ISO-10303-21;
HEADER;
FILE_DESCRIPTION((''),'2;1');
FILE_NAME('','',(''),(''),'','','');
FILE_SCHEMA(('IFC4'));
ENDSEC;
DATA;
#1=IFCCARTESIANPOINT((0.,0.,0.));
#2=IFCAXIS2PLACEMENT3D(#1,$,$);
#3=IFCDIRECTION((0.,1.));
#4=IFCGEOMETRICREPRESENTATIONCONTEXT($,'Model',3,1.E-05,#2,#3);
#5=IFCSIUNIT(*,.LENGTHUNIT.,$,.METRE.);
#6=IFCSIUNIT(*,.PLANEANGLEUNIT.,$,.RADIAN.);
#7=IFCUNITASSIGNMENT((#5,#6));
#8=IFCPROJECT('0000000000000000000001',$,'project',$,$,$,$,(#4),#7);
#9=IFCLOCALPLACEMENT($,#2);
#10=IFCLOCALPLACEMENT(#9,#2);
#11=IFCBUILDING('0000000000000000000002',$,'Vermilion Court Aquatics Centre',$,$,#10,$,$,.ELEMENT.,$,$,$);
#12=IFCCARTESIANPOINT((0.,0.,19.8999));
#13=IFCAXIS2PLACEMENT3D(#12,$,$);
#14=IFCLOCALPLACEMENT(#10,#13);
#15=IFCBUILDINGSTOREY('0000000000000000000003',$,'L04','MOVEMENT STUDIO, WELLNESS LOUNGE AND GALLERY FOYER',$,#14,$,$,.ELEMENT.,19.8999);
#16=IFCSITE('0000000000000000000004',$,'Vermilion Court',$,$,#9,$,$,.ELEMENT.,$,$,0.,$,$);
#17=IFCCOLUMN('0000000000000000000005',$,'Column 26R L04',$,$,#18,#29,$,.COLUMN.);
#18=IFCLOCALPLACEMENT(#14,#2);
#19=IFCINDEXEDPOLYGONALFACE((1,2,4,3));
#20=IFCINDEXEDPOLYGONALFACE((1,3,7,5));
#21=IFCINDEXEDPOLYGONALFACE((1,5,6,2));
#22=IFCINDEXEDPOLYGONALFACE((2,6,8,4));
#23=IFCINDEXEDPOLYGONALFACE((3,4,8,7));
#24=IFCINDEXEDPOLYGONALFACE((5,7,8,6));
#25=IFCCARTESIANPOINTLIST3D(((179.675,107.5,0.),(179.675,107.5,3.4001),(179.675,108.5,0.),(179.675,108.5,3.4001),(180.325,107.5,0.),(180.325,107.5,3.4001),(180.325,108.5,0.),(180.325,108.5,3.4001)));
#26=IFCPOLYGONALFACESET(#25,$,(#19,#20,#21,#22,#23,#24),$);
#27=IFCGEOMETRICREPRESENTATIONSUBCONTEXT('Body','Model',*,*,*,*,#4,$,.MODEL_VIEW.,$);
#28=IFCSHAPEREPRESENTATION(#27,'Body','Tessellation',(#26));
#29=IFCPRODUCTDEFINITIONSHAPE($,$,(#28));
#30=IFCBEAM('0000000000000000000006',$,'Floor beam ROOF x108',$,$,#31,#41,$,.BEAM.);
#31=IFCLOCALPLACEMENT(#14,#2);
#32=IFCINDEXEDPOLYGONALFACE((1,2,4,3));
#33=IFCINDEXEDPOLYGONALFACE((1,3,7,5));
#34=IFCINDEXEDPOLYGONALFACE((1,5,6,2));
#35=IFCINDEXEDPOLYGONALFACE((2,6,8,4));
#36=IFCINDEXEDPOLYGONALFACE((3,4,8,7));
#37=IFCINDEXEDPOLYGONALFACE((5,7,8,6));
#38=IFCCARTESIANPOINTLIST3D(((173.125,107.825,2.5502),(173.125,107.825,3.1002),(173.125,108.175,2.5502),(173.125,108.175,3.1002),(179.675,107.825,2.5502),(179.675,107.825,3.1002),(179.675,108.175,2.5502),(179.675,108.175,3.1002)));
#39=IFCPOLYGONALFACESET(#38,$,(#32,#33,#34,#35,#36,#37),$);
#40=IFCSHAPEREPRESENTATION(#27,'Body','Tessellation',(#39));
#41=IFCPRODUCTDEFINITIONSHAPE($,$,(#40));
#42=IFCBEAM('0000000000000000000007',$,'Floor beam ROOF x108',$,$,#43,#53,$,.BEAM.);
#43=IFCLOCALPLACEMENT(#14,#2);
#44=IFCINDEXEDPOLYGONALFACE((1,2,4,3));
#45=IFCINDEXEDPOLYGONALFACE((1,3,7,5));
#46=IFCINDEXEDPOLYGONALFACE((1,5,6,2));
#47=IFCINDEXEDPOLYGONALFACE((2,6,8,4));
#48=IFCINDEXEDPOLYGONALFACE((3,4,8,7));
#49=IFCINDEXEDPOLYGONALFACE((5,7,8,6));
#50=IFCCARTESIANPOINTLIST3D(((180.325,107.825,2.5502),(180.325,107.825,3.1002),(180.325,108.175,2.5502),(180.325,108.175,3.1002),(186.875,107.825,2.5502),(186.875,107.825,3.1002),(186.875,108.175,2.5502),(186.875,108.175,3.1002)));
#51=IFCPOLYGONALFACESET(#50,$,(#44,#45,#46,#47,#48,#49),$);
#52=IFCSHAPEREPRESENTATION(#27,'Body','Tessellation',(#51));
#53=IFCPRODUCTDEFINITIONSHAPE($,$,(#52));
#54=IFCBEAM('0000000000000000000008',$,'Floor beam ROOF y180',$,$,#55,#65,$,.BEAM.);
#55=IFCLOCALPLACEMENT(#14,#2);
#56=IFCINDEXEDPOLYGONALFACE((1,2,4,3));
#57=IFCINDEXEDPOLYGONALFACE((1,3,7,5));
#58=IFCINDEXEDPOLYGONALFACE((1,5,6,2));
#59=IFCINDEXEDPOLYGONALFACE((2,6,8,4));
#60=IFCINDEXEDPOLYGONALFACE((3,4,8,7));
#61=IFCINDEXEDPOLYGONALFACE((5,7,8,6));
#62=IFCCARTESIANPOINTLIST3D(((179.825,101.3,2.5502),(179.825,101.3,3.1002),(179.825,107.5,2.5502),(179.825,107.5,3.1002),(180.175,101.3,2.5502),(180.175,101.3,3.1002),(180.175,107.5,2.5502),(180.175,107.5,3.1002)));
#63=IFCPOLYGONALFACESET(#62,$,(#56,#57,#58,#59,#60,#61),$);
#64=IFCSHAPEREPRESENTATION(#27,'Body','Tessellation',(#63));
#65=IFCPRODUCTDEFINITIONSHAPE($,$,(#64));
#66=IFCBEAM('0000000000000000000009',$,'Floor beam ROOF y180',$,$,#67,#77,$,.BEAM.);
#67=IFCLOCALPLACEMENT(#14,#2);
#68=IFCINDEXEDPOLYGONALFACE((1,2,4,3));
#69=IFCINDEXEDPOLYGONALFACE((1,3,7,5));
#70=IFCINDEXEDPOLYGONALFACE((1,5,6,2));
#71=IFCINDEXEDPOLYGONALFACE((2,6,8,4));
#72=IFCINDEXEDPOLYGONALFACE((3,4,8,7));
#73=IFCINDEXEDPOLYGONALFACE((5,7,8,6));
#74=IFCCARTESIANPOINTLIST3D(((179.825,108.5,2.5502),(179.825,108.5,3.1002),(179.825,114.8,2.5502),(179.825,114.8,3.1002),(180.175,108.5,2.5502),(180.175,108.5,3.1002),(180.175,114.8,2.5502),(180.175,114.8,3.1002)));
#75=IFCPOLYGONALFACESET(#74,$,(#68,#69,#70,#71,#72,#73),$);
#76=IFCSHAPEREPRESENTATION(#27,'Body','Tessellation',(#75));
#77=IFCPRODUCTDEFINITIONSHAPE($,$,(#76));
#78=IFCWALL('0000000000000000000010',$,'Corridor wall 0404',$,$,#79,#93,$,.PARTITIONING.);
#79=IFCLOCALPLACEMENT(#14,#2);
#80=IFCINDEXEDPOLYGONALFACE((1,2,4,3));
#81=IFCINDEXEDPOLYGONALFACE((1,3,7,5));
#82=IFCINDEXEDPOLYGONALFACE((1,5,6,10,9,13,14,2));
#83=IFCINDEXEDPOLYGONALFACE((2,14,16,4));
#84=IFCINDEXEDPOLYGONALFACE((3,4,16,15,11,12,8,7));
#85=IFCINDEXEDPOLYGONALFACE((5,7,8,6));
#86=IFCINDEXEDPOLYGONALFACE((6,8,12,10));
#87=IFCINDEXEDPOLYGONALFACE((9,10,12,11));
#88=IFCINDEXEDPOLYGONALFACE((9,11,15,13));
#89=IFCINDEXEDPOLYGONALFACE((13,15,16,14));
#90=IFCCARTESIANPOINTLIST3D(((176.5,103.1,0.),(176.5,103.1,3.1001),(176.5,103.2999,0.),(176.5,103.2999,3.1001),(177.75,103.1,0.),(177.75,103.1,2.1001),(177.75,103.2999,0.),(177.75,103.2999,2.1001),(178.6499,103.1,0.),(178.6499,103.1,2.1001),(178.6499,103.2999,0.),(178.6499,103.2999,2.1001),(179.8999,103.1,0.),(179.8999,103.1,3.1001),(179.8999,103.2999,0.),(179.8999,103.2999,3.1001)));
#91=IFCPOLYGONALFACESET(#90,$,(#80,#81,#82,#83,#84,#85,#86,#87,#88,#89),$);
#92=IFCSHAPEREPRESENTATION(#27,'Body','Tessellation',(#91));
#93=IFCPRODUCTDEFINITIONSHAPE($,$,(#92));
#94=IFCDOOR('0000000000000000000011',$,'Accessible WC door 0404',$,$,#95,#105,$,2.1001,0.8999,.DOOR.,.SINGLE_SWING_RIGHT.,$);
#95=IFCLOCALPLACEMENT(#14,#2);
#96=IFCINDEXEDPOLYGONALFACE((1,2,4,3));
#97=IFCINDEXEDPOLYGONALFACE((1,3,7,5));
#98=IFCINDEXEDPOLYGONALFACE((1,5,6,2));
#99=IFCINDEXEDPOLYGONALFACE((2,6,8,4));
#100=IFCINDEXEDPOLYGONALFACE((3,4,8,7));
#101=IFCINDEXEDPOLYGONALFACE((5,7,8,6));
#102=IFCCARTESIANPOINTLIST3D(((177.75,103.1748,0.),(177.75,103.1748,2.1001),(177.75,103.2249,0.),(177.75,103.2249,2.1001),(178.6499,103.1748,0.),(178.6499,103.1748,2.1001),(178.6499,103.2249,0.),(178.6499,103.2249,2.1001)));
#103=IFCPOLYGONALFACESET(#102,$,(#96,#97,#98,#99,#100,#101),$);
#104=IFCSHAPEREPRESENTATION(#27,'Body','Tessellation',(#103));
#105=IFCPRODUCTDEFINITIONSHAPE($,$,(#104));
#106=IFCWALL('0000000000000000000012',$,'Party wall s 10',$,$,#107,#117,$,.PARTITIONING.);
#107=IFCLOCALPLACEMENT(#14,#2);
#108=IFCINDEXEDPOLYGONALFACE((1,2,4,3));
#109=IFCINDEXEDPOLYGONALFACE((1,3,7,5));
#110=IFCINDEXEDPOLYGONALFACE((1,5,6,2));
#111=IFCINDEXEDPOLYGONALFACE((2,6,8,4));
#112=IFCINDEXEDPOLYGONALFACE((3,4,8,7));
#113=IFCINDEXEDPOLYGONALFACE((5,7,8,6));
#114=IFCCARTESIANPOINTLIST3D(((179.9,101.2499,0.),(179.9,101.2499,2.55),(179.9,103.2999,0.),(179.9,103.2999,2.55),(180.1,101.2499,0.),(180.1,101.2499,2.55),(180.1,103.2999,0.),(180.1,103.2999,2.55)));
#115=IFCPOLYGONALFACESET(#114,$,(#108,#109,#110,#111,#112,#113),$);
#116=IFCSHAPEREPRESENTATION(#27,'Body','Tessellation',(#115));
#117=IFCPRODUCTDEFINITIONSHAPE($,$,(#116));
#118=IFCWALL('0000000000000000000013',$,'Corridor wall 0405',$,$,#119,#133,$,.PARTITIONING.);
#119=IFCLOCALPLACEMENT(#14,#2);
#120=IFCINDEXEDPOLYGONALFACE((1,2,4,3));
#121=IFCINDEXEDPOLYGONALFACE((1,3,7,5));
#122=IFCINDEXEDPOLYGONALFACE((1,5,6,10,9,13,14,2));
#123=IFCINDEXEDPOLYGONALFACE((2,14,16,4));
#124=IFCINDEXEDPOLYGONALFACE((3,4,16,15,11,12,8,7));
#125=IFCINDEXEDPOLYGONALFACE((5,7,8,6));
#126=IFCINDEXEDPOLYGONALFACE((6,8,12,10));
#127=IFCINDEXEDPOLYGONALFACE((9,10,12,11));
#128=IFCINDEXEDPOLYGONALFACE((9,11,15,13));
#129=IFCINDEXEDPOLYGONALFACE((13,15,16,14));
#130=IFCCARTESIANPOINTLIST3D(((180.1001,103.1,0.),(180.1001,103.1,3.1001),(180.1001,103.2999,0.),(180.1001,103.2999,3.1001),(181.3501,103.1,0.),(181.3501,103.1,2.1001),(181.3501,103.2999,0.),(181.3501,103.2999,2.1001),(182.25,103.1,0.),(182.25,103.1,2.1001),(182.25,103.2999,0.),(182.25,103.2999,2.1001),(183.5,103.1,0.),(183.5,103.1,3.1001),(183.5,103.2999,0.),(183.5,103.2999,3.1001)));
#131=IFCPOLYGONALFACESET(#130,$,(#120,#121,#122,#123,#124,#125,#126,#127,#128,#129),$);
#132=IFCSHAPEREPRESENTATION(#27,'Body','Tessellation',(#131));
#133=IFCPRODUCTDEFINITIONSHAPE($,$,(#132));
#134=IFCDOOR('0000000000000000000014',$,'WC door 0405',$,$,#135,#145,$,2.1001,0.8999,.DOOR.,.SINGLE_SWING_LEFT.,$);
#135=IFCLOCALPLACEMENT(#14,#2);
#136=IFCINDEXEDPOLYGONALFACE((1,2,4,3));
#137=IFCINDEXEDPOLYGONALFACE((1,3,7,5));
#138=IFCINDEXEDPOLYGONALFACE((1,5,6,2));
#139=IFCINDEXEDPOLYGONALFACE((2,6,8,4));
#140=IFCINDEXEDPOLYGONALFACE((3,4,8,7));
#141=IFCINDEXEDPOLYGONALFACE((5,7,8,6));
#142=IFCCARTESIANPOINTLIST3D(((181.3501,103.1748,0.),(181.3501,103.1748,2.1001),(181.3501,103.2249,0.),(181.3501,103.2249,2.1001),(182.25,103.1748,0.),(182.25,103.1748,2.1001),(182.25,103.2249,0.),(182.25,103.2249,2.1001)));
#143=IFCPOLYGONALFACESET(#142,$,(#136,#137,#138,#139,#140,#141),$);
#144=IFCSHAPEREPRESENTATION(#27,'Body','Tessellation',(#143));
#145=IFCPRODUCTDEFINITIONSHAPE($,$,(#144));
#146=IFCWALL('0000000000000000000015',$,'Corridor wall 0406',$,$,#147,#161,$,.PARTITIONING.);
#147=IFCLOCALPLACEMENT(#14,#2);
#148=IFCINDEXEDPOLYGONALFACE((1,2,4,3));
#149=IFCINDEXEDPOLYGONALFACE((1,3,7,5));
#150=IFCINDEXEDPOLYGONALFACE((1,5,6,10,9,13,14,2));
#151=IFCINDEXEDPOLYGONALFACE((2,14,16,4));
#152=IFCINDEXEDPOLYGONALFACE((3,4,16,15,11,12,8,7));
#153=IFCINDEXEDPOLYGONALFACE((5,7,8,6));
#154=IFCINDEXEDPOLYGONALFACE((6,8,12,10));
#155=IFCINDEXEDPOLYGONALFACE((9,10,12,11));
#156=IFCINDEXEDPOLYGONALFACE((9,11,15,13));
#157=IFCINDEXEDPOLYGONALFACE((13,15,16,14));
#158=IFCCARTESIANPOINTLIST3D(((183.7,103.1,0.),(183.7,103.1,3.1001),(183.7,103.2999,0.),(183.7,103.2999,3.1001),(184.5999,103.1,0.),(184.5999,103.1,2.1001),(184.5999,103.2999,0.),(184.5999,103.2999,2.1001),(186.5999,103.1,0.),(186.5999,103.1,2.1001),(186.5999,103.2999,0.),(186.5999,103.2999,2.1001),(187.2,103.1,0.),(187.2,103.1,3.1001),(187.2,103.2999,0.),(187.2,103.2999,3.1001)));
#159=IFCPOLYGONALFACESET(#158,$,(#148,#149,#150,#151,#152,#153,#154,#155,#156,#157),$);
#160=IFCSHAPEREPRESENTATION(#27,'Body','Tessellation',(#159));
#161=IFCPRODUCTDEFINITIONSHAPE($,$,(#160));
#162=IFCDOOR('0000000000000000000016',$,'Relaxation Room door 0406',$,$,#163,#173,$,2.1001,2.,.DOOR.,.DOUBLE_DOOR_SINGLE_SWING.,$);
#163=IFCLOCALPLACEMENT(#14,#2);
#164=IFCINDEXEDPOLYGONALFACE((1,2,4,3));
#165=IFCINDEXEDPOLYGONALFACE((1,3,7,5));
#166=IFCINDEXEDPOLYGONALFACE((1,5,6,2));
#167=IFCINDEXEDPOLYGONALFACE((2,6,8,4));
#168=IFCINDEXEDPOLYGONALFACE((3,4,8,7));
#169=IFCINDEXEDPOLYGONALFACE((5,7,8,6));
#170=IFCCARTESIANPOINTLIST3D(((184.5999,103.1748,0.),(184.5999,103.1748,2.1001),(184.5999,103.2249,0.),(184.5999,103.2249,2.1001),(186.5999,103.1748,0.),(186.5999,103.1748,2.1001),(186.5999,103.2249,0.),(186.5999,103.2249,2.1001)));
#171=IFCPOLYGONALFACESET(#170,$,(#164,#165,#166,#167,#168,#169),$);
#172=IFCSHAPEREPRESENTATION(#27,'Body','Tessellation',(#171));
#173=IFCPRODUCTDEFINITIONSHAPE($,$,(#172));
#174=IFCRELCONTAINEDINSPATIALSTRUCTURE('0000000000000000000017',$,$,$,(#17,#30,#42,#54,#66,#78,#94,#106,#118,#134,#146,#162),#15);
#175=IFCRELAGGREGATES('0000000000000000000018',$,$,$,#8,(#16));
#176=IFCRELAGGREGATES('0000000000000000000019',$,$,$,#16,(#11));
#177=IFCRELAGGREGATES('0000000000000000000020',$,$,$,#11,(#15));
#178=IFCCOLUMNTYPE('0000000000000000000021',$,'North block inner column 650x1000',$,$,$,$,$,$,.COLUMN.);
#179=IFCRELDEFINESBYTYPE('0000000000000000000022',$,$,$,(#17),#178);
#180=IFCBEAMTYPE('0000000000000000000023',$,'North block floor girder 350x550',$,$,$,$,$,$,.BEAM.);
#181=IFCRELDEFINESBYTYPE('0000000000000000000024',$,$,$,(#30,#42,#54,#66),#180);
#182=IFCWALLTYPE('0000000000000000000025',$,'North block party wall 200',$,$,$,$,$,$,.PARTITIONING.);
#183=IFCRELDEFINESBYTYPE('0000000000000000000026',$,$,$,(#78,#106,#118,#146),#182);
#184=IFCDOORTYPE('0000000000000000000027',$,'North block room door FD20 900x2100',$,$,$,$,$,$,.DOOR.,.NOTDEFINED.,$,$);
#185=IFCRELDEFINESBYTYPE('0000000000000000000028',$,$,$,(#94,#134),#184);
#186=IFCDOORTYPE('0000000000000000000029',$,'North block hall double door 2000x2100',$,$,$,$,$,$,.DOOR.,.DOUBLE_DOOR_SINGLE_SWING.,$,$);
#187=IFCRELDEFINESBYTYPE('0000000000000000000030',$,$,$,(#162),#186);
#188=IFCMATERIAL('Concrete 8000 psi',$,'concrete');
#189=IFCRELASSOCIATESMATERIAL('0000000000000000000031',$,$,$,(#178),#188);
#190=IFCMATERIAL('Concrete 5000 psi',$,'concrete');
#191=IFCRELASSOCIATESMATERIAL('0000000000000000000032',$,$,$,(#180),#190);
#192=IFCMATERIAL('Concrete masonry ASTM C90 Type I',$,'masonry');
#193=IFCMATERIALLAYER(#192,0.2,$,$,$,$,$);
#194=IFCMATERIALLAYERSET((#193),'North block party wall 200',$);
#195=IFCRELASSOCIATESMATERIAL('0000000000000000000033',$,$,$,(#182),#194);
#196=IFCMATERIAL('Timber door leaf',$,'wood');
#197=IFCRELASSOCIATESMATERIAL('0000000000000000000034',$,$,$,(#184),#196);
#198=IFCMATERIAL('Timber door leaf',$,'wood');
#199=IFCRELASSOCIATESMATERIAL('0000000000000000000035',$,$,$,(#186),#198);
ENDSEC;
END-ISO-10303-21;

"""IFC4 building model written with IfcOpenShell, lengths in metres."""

from ifc_helpers import new_model, si_unit, direction, frame, frame_2d, origin, origin_2d, place, context, subcontext, project, spatial, rectangle, extrude, material, layer, layer_set, material_profile, profile_set, type_object, element, fill, save


model = new_model("IFC4")

# Units and contexts
model_context = context("Model", 3, precision=1e-05, world=origin(), true_north=direction((0.0, 1.0)))
body_context = subcontext(model_context, "Body", "Model", "MODEL_VIEW")
ifc_project = project(units=[si_unit("LENGTHUNIT", "METRE"), si_unit("PLANEANGLEUNIT", "RADIAN")], contexts=[model_context])

# Site, building, storey
site_placement = place(None, origin())
site = spatial("IfcSite", under=ifc_project, at=site_placement, Name="Vermilion Court", CompositionType="ELEMENT", RefElevation=0.0)
building_placement = place(site_placement, origin())
building = spatial("IfcBuilding", under=site, at=building_placement, Name="Vermilion Court Aquatics Centre", CompositionType="ELEMENT")
storey_placement = place(building_placement, frame((0.0, 0.0, 19.8999)))
storey = spatial("IfcBuildingStorey", under=building, at=storey_placement, Name="L04", Description="MOVEMENT STUDIO, WELLNESS LOUNGE AND GALLERY FOYER", CompositionType="ELEMENT", Elevation=19.8999)

# Column
ifc_material_1 = material(Name="Concrete 8000 psi", Category="concrete")
ifc_material_profile_1 = material_profile(ifc_material_1, rectangle(XDim=0.6499, YDim=1.0, at=origin_2d()), Name="RC 650x1000")
ifc_profile_set_1 = profile_set([ifc_material_profile_1], Name="Concrete 8000 psi")
column_type = type_object("IfcColumnType", Name="North block inner column 650x1000", PredefinedType="COLUMN", material=ifc_profile_set_1)
column_placement = place(storey_placement, frame((180.0, 108.0, 0.0), z_axis=(0.0, 0.0, 1.0), x_axis=(1.0, 0.0, 0.0)))
element("IfcColumn", 1, at=column_placement, inside=storey, type_object=column_type, Name="Column 26R L04", PredefinedType="COLUMN", context=body_context, shape_type="SweptSolid", body=[
    extrude(rectangle(XDim=0.6499, YDim=1.0, at=origin_2d()), origin(), (0.0, 0.0, 1.0), 3.4001),
])

# Beams
ifc_material_2 = material(Name="Concrete 5000 psi", Category="concrete")
ifc_material_profile_2 = material_profile(ifc_material_2, rectangle(XDim=0.3501, YDim=0.55, at=origin_2d()), Name="RC 350x550")
ifc_profile_set_2 = profile_set([ifc_material_profile_2], Name="Concrete 5000 psi")
beam_type = type_object("IfcBeamType", Name="North block floor girder 350x550", PredefinedType="BEAM", material=ifc_profile_set_2)
for number, where, z_axis, x_axis, name in (
    (2, (173.125, 108.0, 2.8252), (1.0, 0.0, 0.0), (0.0, 1.0, 0.0), "Floor beam ROOF x108"),
    (3, (180.325, 108.0, 2.8252), (1.0, 0.0, 0.0), (0.0, 1.0, 0.0), "Floor beam ROOF x108"),
):
    element("IfcBeam", number, at=place(storey_placement, frame(where, z_axis=z_axis, x_axis=x_axis)), inside=storey, type_object=beam_type, Name=name, PredefinedType="BEAM", context=body_context, shape_type="SweptSolid", body=[
        extrude(rectangle(XDim=0.3501, YDim=0.55, at=origin_2d()), origin(), (0.0, 0.0, 1.0), 6.55),
    ])
beam_1_placement = place(storey_placement, frame((180.0, 101.3, 2.8252), z_axis=(0.0, 1.0, 0.0), x_axis=(-1.0, 0.0, 0.0)))
element("IfcBeam", 4, at=beam_1_placement, inside=storey, type_object=beam_type, Name="Floor beam ROOF y180", PredefinedType="BEAM", context=body_context, shape_type="SweptSolid", body=[
    extrude(rectangle(XDim=0.3501, YDim=0.55, at=origin_2d()), origin(), (0.0, 0.0, 1.0), 6.2),
])
beam_2_placement = place(storey_placement, frame((180.0, 108.5, 2.8252), z_axis=(0.0, 1.0, 0.0), x_axis=(-1.0, 0.0, 0.0)))
element("IfcBeam", 5, at=beam_2_placement, inside=storey, type_object=beam_type, Name="Floor beam ROOF y180", PredefinedType="BEAM", context=body_context, shape_type="SweptSolid", body=[
    extrude(rectangle(XDim=0.3501, YDim=0.55, at=origin_2d()), origin(), (0.0, 0.0, 1.0), 6.3),
])

# Wall, opening, door
ifc_material_3 = material(Name="Concrete masonry ASTM C90 Type I", Category="masonry")
ifc_layer_1 = layer(ifc_material_3, 0.2)
ifc_layer_set_1 = layer_set([ifc_layer_1], Name="North block party wall 200")
wall_type_1 = type_object("IfcWallType", Name="North block party wall 200", PredefinedType="PARTITIONING", material=ifc_layer_set_1)
wall_1_placement = place(storey_placement, frame((176.5, 103.2, 0.0), z_axis=(0.0, 0.0, 1.0), x_axis=(1.0, 0.0, 0.0)))
wall_1 = element("IfcWall", 6, at=wall_1_placement, inside=storey, type_object=wall_type_1, Name="Corridor wall 0404", PredefinedType="PARTITIONING", context=body_context, shape_type="SweptSolid", body=[
    extrude(rectangle(XDim=3.3999, YDim=0.2, at=frame_2d((1.7, 0.0))), origin(), (0.0, 0.0, 1.0), 3.1001),
])
opening_1_placement = place(wall_1_placement, frame((1.25, 0.0, 0.0)))
opening_1 = element("IfcOpeningElement", 7, at=opening_1_placement, cuts=wall_1, PredefinedType="OPENING", context=body_context, shape_type="SweptSolid", body=[
    extrude(rectangle(XDim=0.8999, YDim=2.1001, at=frame_2d((0.45, 1.05))), frame((0.0, 0.1099, 0.0), z_axis=(0.0, -1.0, 0.0), x_axis=(1.0, 0.0, 0.0)), (0.0, 0.0, 1.0), 0.22),
])
ifc_material_4 = material(Name="Timber door leaf", Category="wood")
door_type_1 = type_object("IfcDoorType", Name="North block room door FD20 900x2100", OperationType="NOTDEFINED", PredefinedType="DOOR", material=ifc_material_4)
door_1_placement = place(opening_1_placement, frame((0.8999, 0.0, 0.0), z_axis=(0.0, 0.0, 1.0), x_axis=(-1.0, 0.0, 0.0)))
door_1 = element("IfcDoor", 8, at=door_1_placement, inside=storey, type_object=door_type_1, Name="Accessible WC door 0404", OperationType="SINGLE_SWING_RIGHT", OverallHeight=2.1001, OverallWidth=0.8999, PredefinedType="DOOR", context=body_context, shape_type="SweptSolid", body=[
    extrude(rectangle(XDim=0.8999, YDim=2.1001, at=frame_2d((0.45, 1.05))), frame((0.0, 0.0251, 0.0), z_axis=(0.0, -1.0, 0.0), x_axis=(1.0, 0.0, 0.0)), (0.0, 0.0, 1.0), 0.05),
])
fill(opening_1, door_1)

# Wall
wall_2_placement = place(storey_placement, frame((180.0, 101.25, 0.0), z_axis=(0.0, 0.0, 1.0), x_axis=(0.0, 1.0, 0.0)))
element("IfcWall", 9, at=wall_2_placement, inside=storey, type_object=wall_type_1, Name="Party wall s 10", PredefinedType="PARTITIONING", context=body_context, shape_type="SweptSolid", body=[
    extrude(rectangle(XDim=2.05, YDim=0.2, at=frame_2d((1.0249, 0.0))), origin(), (0.0, 0.0, 1.0), 2.55),
])

# Walls, openings, doors
wall_3_placement = place(storey_placement, frame((180.1001, 103.2, 0.0), z_axis=(0.0, 0.0, 1.0), x_axis=(1.0, 0.0, 0.0)))
wall_3 = element("IfcWall", 10, at=wall_3_placement, inside=storey, type_object=wall_type_1, Name="Corridor wall 0405", PredefinedType="PARTITIONING", context=body_context, shape_type="SweptSolid", body=[
    extrude(rectangle(XDim=3.3999, YDim=0.2, at=frame_2d((1.7, 0.0))), origin(), (0.0, 0.0, 1.0), 3.1001),
])
opening_2_placement = place(wall_3_placement, frame((1.25, 0.0, 0.0)))
opening_2 = element("IfcOpeningElement", 11, at=opening_2_placement, cuts=wall_3, PredefinedType="OPENING", context=body_context, shape_type="SweptSolid", body=[
    extrude(rectangle(XDim=0.8999, YDim=2.1001, at=frame_2d((0.45, 1.05))), frame((0.0, 0.1099, 0.0), z_axis=(0.0, -1.0, 0.0), x_axis=(1.0, 0.0, 0.0)), (0.0, 0.0, 1.0), 0.22),
])
door_2_placement = place(opening_2_placement, frame((0.8999, 0.0, 0.0), z_axis=(0.0, 0.0, 1.0), x_axis=(-1.0, 0.0, 0.0)))
door_2 = element("IfcDoor", 12, at=door_2_placement, inside=storey, type_object=door_type_1, Name="WC door 0405", OperationType="SINGLE_SWING_LEFT", OverallHeight=2.1001, OverallWidth=0.8999, PredefinedType="DOOR", context=body_context, shape_type="SweptSolid", body=[
    extrude(rectangle(XDim=0.8999, YDim=2.1001, at=frame_2d((0.45, 1.05))), frame((0.0, 0.0251, 0.0), z_axis=(0.0, -1.0, 0.0), x_axis=(1.0, 0.0, 0.0)), (0.0, 0.0, 1.0), 0.05),
])
fill(opening_2, door_2)
wall_4_placement = place(storey_placement, frame((183.7, 103.2, 0.0), z_axis=(0.0, 0.0, 1.0), x_axis=(1.0, 0.0, 0.0)))
wall_4 = element("IfcWall", 13, at=wall_4_placement, inside=storey, type_object=wall_type_1, Name="Corridor wall 0406", PredefinedType="PARTITIONING", context=body_context, shape_type="SweptSolid", body=[
    extrude(rectangle(XDim=3.5, YDim=0.2, at=frame_2d((1.75, 0.0))), origin(), (0.0, 0.0, 1.0), 3.1001),
])
opening_3_placement = place(wall_4_placement, frame((0.8999, 0.0, 0.0)))
opening_3 = element("IfcOpeningElement", 14, at=opening_3_placement, cuts=wall_4, PredefinedType="OPENING", context=body_context, shape_type="SweptSolid", body=[
    extrude(rectangle(XDim=2.0, YDim=2.1001, at=frame_2d((1.0, 1.05))), frame((0.0, 0.1099, 0.0), z_axis=(0.0, -1.0, 0.0), x_axis=(1.0, 0.0, 0.0)), (0.0, 0.0, 1.0), 0.22),
])
ifc_material_5 = material(Name="Timber door leaf", Category="wood")
door_type_2 = type_object("IfcDoorType", Name="North block hall double door 2000x2100", OperationType="DOUBLE_DOOR_SINGLE_SWING", PredefinedType="DOOR", material=ifc_material_5)
door_3_placement = place(opening_3_placement, frame((2.0, 0.0, 0.0), z_axis=(0.0, 0.0, 1.0), x_axis=(-1.0, 0.0, 0.0)))
door_3 = element("IfcDoor", 15, at=door_3_placement, inside=storey, type_object=door_type_2, Name="Relaxation Room door 0406", OperationType="DOUBLE_DOOR_SINGLE_SWING", OverallHeight=2.1001, OverallWidth=2.0, PredefinedType="DOOR", context=body_context, shape_type="SweptSolid", body=[
    extrude(rectangle(XDim=2.0, YDim=2.1001, at=frame_2d((1.0, 1.05))), frame((0.0, 0.0251, 0.0), z_axis=(0.0, -1.0, 0.0), x_axis=(1.0, 0.0, 0.0)), (0.0, 0.0, 1.0), 0.05),
])
fill(opening_3, door_3)

save(model, "model.ifc")
